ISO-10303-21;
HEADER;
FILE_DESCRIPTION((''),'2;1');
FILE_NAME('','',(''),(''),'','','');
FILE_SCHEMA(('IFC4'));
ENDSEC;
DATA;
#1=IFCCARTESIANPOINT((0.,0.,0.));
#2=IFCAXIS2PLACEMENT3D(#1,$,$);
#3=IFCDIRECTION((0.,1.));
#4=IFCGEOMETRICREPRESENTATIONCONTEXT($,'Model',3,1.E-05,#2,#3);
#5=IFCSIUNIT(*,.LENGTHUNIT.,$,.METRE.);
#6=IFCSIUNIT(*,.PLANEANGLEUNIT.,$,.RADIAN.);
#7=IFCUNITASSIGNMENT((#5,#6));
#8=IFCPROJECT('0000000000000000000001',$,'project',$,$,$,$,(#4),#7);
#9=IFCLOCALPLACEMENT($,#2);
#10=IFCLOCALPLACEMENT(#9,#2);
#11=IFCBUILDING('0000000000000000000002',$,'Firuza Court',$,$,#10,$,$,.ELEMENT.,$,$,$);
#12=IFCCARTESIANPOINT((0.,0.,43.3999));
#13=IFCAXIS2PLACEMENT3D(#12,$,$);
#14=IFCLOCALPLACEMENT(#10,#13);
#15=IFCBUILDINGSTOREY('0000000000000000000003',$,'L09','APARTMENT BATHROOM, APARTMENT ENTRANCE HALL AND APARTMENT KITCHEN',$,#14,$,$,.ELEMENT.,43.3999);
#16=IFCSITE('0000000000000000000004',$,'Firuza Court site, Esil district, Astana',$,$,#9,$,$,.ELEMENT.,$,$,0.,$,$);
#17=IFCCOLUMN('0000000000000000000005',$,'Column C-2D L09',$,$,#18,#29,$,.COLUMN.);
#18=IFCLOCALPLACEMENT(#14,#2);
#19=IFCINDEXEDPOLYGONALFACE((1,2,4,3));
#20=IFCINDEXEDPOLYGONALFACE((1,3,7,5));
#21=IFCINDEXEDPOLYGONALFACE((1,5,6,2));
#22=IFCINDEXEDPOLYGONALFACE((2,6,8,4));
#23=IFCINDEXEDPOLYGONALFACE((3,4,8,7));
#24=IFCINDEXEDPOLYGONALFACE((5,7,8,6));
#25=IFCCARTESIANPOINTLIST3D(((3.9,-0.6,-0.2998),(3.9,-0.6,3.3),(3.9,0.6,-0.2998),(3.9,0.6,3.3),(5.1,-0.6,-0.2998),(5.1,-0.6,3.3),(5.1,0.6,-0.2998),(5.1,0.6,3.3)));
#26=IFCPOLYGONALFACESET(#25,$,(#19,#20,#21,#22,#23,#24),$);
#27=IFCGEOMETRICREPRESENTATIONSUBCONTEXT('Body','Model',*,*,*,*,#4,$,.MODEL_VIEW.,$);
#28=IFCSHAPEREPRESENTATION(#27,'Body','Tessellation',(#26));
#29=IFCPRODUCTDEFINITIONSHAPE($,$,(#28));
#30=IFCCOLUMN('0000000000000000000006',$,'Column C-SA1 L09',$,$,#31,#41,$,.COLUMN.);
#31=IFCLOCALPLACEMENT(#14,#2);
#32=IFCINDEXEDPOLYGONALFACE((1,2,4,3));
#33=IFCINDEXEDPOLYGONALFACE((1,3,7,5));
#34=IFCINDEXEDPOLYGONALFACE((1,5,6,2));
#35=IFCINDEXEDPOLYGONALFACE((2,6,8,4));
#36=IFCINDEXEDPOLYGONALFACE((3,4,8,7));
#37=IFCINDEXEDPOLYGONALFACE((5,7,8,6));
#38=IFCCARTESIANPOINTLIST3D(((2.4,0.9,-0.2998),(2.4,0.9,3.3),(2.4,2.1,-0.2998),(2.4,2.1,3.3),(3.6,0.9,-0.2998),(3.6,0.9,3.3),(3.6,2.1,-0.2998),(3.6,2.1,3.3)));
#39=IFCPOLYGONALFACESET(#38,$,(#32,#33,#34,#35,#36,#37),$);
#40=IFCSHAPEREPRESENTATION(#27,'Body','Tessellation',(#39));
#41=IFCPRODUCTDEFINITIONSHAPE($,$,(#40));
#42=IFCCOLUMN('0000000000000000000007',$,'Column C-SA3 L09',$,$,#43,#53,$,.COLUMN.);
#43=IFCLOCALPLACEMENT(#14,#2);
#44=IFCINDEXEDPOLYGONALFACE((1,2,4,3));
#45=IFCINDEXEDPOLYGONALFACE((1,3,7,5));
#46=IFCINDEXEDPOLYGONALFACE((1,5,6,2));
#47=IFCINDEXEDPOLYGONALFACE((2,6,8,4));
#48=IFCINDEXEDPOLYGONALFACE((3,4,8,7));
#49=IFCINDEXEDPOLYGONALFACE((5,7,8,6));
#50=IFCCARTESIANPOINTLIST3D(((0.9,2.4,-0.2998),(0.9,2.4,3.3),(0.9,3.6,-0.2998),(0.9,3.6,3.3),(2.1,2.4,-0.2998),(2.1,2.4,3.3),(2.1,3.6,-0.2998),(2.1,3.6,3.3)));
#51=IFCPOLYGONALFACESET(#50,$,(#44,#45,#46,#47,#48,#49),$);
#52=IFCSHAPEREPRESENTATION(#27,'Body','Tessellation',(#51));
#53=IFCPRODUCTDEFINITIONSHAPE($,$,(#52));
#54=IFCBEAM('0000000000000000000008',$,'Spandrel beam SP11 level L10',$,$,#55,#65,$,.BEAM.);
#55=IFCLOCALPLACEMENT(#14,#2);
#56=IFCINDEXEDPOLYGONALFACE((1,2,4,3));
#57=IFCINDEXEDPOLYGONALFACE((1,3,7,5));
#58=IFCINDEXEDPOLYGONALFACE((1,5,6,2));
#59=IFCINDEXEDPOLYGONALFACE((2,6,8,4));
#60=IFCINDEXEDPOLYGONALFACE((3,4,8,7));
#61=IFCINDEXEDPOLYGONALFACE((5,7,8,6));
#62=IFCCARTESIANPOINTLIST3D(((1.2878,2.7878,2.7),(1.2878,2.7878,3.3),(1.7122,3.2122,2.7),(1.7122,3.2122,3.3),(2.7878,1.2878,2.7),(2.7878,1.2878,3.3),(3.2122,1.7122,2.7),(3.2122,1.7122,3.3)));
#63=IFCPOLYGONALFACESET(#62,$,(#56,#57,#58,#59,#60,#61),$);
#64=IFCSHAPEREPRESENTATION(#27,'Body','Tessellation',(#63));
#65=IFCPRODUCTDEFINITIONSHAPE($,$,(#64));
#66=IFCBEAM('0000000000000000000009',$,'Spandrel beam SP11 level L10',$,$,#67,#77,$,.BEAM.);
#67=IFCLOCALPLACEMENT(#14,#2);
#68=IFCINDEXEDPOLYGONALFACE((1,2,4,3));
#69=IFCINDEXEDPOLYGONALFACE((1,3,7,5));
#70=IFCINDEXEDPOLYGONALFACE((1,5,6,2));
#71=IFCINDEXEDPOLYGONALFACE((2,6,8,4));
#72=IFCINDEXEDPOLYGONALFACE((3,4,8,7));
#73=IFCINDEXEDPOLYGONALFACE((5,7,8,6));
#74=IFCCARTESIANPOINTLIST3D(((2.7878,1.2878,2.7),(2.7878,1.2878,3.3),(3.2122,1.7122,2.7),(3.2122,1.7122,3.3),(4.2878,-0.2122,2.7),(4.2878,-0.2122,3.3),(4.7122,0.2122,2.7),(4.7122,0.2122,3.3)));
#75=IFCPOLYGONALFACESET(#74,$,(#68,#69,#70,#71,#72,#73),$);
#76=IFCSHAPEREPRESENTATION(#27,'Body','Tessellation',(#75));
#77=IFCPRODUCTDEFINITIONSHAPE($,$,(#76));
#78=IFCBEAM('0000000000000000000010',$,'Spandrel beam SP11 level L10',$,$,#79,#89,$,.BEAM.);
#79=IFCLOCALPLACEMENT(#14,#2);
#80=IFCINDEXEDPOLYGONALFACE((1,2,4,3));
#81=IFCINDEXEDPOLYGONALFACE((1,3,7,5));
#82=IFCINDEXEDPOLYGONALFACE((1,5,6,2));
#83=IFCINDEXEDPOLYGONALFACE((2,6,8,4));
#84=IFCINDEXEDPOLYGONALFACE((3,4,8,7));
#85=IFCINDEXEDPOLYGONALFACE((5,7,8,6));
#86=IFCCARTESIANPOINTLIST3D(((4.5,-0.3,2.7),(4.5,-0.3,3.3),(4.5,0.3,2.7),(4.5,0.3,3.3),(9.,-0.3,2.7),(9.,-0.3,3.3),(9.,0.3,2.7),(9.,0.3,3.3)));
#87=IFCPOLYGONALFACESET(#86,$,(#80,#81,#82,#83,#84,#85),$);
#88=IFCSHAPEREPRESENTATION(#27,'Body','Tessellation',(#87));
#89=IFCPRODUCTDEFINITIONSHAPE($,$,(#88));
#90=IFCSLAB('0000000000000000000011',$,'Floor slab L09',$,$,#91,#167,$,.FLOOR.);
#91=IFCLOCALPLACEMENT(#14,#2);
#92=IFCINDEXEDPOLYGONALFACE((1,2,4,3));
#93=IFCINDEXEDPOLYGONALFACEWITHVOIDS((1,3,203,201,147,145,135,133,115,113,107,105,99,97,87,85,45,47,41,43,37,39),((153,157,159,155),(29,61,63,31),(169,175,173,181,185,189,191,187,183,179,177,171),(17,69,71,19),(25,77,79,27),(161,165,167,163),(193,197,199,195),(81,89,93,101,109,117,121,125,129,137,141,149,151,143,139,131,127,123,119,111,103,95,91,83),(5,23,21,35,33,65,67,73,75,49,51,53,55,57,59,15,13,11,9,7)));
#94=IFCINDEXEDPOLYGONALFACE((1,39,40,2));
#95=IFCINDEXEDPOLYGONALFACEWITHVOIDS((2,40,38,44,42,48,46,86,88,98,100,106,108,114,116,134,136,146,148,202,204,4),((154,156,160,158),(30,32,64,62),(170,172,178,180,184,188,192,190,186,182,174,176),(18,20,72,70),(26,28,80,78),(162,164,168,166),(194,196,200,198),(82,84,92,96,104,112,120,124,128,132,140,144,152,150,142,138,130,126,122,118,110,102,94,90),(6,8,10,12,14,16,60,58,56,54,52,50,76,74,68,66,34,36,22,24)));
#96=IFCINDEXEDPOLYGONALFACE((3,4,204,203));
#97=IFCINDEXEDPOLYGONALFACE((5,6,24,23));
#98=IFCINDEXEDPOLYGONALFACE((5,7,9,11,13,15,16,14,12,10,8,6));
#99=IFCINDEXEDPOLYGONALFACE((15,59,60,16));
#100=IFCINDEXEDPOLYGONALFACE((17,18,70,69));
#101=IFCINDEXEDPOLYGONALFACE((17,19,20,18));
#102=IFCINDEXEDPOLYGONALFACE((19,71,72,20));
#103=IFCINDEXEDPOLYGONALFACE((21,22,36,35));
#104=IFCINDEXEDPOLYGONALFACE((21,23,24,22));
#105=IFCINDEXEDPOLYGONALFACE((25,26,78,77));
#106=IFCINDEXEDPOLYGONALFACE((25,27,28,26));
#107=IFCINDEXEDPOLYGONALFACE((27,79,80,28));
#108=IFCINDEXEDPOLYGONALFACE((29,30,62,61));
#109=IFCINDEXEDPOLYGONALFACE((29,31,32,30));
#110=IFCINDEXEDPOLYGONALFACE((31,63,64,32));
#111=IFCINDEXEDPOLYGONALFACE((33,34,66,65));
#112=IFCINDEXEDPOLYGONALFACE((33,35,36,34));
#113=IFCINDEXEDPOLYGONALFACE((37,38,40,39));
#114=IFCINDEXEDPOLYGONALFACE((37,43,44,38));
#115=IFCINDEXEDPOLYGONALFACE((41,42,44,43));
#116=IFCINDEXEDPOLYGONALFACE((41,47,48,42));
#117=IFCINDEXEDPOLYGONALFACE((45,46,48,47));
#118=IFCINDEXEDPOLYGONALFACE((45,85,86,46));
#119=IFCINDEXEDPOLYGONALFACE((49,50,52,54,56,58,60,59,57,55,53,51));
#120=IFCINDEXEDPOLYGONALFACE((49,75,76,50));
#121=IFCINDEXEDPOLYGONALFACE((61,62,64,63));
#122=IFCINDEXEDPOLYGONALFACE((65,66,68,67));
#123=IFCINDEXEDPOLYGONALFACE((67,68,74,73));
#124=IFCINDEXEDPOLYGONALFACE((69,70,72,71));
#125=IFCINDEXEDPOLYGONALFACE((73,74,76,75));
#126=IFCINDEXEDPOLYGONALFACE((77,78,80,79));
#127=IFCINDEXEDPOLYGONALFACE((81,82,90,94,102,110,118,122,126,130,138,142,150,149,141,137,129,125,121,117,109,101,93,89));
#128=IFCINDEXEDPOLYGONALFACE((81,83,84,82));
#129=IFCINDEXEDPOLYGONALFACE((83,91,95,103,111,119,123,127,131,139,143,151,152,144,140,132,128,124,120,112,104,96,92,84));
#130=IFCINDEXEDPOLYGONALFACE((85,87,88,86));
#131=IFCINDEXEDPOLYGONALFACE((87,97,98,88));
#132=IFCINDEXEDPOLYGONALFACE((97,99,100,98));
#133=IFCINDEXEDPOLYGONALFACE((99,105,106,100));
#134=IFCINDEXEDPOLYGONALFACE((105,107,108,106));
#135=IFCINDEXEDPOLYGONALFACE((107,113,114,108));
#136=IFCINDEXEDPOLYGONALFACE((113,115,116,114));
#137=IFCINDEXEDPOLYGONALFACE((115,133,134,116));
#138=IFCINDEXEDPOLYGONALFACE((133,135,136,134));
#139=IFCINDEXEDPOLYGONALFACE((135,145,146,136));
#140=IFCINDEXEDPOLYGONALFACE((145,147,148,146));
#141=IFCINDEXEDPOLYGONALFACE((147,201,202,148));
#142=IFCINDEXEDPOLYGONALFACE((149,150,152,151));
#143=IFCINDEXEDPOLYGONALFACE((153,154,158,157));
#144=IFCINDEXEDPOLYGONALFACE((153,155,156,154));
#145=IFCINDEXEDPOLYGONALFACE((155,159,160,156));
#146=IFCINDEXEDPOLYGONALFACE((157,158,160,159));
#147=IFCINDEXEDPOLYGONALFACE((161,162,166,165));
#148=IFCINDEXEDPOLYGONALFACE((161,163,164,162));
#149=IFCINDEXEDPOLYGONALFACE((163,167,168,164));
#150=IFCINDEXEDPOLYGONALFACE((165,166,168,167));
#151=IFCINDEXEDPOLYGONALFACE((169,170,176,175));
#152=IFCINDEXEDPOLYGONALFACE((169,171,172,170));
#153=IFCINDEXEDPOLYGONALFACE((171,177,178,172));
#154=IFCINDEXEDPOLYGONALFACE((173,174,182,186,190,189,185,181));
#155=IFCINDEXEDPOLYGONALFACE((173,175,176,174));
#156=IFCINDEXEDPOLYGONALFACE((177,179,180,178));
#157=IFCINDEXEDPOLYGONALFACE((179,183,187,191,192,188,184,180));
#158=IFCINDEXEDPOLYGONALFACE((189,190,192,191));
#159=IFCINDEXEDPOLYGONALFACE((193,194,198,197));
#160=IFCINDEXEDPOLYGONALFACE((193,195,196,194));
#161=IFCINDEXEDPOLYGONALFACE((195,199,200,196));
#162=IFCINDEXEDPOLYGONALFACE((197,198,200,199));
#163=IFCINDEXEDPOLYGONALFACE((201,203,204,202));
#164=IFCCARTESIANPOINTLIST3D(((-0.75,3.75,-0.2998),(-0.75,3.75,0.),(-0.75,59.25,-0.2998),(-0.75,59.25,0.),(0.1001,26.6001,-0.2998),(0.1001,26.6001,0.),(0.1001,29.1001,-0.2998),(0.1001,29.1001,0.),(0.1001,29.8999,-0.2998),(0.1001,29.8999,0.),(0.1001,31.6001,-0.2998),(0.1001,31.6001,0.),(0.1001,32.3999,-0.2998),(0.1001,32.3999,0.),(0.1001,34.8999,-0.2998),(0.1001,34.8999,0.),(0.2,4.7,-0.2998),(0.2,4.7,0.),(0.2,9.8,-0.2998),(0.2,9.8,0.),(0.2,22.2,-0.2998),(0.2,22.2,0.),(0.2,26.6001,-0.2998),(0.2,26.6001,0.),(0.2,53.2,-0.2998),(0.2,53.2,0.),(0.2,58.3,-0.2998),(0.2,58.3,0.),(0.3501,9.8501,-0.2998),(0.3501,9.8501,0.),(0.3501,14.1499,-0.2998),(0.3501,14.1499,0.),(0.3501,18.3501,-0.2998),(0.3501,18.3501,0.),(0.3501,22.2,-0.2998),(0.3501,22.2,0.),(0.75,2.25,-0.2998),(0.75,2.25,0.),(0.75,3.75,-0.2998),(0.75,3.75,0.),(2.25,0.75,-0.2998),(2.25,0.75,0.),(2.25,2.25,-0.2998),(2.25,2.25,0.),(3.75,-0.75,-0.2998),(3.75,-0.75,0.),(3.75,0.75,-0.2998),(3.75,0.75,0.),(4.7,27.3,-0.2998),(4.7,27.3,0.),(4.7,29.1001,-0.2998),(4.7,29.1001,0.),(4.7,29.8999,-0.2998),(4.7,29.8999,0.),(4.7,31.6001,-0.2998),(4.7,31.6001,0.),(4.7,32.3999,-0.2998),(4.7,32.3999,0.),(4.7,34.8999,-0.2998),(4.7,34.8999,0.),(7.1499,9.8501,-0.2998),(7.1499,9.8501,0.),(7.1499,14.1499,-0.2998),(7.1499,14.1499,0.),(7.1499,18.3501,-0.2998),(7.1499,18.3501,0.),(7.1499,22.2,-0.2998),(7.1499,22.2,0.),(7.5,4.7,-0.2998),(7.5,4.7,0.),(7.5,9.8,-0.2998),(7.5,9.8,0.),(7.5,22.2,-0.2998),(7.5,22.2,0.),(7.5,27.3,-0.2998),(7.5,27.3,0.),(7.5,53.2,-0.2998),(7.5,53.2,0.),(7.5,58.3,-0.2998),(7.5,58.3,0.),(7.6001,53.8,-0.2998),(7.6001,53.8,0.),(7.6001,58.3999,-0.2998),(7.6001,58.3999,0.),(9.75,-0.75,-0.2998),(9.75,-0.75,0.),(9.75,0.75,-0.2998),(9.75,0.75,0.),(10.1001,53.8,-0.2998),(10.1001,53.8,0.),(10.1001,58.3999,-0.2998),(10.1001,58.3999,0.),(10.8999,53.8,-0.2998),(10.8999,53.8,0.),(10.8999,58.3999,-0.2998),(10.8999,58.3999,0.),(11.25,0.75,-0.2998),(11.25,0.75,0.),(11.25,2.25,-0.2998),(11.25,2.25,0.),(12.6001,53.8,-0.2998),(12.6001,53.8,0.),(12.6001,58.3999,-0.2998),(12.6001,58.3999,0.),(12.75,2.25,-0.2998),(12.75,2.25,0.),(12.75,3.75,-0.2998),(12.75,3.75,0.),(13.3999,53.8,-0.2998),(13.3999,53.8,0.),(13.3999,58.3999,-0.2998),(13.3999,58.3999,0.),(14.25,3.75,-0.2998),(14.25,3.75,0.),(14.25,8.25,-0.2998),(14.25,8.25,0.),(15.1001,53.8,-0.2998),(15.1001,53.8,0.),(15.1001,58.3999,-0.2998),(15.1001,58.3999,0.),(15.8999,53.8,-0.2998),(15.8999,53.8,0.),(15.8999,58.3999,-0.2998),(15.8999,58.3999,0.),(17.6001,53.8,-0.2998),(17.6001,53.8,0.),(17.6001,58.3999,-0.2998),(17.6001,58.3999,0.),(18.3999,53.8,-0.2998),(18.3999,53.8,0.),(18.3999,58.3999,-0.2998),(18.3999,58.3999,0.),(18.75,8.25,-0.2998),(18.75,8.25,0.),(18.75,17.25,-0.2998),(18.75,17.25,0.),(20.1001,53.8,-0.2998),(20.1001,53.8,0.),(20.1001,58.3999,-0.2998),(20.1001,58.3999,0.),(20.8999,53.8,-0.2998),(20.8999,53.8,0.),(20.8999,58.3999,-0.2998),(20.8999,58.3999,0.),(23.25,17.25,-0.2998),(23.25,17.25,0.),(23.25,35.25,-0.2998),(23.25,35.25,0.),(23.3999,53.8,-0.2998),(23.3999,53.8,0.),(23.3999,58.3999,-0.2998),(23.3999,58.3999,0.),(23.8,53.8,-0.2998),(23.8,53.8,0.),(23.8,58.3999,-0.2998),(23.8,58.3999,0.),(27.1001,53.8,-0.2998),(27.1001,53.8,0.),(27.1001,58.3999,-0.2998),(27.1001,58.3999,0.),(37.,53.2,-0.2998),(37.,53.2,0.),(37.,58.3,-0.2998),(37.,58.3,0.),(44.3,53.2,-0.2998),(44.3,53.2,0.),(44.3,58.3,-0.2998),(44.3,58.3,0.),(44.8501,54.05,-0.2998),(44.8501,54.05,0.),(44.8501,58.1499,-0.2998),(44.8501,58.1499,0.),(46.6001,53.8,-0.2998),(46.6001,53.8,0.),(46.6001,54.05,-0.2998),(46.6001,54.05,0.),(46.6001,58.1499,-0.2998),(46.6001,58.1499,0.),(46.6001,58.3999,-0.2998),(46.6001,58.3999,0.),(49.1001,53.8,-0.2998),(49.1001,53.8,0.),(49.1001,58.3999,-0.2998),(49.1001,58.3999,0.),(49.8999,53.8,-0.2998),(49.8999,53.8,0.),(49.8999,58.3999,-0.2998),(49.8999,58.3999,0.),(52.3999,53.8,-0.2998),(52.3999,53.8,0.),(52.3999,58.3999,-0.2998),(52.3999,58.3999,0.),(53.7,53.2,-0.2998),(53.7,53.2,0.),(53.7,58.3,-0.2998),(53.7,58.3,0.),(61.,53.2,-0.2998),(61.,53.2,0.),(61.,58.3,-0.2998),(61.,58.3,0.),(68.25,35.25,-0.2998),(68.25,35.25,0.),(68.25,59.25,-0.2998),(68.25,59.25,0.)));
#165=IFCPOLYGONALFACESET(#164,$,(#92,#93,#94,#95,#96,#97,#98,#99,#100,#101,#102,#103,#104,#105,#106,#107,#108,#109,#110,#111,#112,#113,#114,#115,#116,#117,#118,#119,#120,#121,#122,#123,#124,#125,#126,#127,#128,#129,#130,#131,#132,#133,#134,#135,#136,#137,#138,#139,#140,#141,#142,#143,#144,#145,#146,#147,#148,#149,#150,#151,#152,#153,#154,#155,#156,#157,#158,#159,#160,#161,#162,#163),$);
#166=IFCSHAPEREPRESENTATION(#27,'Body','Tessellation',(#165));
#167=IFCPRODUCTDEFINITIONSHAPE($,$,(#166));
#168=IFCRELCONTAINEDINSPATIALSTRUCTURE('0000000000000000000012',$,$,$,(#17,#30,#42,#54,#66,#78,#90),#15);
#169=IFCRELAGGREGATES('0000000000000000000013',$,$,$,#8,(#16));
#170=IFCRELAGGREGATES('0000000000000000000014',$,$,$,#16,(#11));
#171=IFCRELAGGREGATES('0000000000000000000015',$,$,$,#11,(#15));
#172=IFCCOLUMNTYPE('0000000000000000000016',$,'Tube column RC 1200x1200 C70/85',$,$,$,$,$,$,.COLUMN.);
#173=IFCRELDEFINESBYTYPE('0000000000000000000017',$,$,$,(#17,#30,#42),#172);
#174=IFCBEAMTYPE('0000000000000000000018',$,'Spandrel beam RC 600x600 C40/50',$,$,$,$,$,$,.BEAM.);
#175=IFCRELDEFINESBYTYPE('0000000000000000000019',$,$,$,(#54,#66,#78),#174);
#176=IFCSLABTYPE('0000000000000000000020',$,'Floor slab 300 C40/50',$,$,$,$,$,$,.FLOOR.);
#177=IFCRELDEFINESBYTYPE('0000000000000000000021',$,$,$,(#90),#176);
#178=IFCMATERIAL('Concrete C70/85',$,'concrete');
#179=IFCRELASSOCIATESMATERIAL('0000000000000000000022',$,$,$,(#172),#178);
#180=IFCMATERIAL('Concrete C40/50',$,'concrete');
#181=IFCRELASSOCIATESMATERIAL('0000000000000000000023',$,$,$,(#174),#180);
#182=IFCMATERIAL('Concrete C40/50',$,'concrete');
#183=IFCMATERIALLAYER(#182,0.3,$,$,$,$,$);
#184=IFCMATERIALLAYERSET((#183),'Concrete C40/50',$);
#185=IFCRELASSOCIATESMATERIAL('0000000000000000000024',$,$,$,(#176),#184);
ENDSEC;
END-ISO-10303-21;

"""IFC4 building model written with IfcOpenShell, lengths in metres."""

from ifc_helpers import new_model, si_unit, direction, frame, origin, origin_2d, place, context, subcontext, project, spatial, polyline, rectangle, outline, extrude, material, layer, layer_set, material_profile, profile_set, type_object, element, save


model = new_model("IFC4")

# Units and contexts
model_context = context("Model", 3, precision=1e-05, world=origin(), true_north=direction((0.0, 1.0)))
body_context = subcontext(model_context, "Body", "Model", "MODEL_VIEW")
ifc_project = project(units=[si_unit("LENGTHUNIT", "METRE"), si_unit("PLANEANGLEUNIT", "RADIAN")], contexts=[model_context])

# Site, building, storey
site_placement = place(None, origin())
site = spatial("IfcSite", under=ifc_project, at=site_placement, Name="Firuza Court site, Esil district, Astana", CompositionType="ELEMENT", RefElevation=0.0)
building_placement = place(site_placement, origin())
building = spatial("IfcBuilding", under=site, at=building_placement, Name="Firuza Court", CompositionType="ELEMENT")
storey_placement = place(building_placement, frame((0.0, 0.0, 43.3999)))
storey = spatial("IfcBuildingStorey", under=building, at=storey_placement, Name="L09", Description="APARTMENT BATHROOM, APARTMENT ENTRANCE HALL AND APARTMENT KITCHEN", CompositionType="ELEMENT", Elevation=43.3999)

# Columns
ifc_material_1 = material(Name="Concrete C70/85", Category="concrete")
ifc_material_profile_1 = material_profile(ifc_material_1, rectangle(XDim=1.2, YDim=1.2, at=origin_2d()), Name="RC 1200x1200")
ifc_profile_set_1 = profile_set([ifc_material_profile_1], Name="Concrete C70/85")
column_type = type_object("IfcColumnType", Name="Tube column RC 1200x1200 C70/85", PredefinedType="COLUMN", material=ifc_profile_set_1)
for number, where, z_axis, x_axis, name in (
    (1, (4.5, 0.0, -0.2998), (0.0, 0.0, 1.0), (1.0, 0.0, 0.0), "Column C-2D L09"),
    (2, (3.0, 1.5, -0.2998), (0.0, 0.0, 1.0), (1.0, 0.0, 0.0), "Column C-SA1 L09"),
    (3, (1.5, 3.0, -0.2998), (0.0, 0.0, 1.0), (1.0, 0.0, 0.0), "Column C-SA3 L09"),
):
    element("IfcColumn", number, at=place(storey_placement, frame(where, z_axis=z_axis, x_axis=x_axis)), inside=storey, type_object=column_type, Name=name, PredefinedType="COLUMN", context=body_context, shape_type="SweptSolid", body=[
        extrude(rectangle(XDim=1.2, YDim=1.2, at=origin_2d()), origin(), (0.0, 0.0, 1.0), 3.5999),
    ])

# Beams
ifc_material_2 = material(Name="Concrete C40/50", Category="concrete")
ifc_material_profile_2 = material_profile(ifc_material_2, rectangle(XDim=0.6001, YDim=0.6001, at=origin_2d()), Name="RC 600x600")
ifc_profile_set_2 = profile_set([ifc_material_profile_2], Name="Concrete C40/50")
beam_type = type_object("IfcBeamType", Name="Spandrel beam RC 600x600 C40/50", PredefinedType="BEAM", material=ifc_profile_set_2)
for number, where, z_axis, x_axis, name in (
    (4, (1.5, 3.0, 3.0), (0.707107, -0.707107, 0.0), (0.707107, 0.707107, 0.0), "Spandrel beam SP11 level L10"),
    (5, (3.0, 1.5, 3.0), (0.707107, -0.707107, 0.0), (0.707107, 0.707107, 0.0), "Spandrel beam SP11 level L10"),
):
    element("IfcBeam", number, at=place(storey_placement, frame(where, z_axis=z_axis, x_axis=x_axis)), inside=storey, type_object=beam_type, Name=name, PredefinedType="BEAM", context=body_context, shape_type="SweptSolid", body=[
        extrude(rectangle(XDim=0.6001, YDim=0.6001, at=origin_2d()), origin(), (0.0, 0.0, 1.0), 2.1213),
    ])
beam_placement = place(storey_placement, frame((4.5, 0.0, 3.0), z_axis=(1.0, 0.0, 0.0), x_axis=(0.0, 1.0, 0.0)))
element("IfcBeam", 6, at=beam_placement, inside=storey, type_object=beam_type, Name="Spandrel beam SP11 level L10", PredefinedType="BEAM", context=body_context, shape_type="SweptSolid", body=[
    extrude(rectangle(XDim=0.6001, YDim=0.6001, at=origin_2d()), origin(), (0.0, 0.0, 1.0), 4.5),
])

# Slab
ifc_material_3 = material(Name="Concrete C40/50", Category="concrete")
ifc_layer_1 = layer(ifc_material_3, 0.3)
ifc_layer_set_1 = layer_set([ifc_layer_1], Name="Concrete C40/50")
slab_type_1 = type_object("IfcSlabType", Name="Floor slab 300 C40/50", PredefinedType="FLOOR", material=ifc_layer_set_1)
slab_1_placement = place(storey_placement, frame((0.0, 0.0, -0.2998)))
element("IfcSlab", 7, at=slab_1_placement, inside=storey, type_object=slab_type_1, Name="Floor slab L09", PredefinedType="FLOOR", context=body_context, shape_type="SweptSolid", body=[
    extrude(outline(polyline([(3.75, -0.75), (3.75, 0.75), (2.25, 0.75), (2.25, 2.25), (0.75, 2.25), (0.75, 3.75), (-0.75, 3.75), (-0.75, 59.25), (68.25, 59.25), (68.25, 35.25), (23.25, 35.25), (23.25, 17.25), (18.75, 17.25), (18.75, 8.25), (14.25, 8.25), (14.25, 3.75), (12.75, 3.75), (12.75, 2.25), (11.25, 2.25), (11.25, 0.75), (9.75, 0.75), (9.75, -0.75), (3.75, -0.75)]), holes=[polyline([(7.5, 9.8), (0.2, 9.8), (0.2, 4.7), (7.5, 4.7), (7.5, 9.8)]), polyline([(7.1499, 14.1499), (0.3501, 14.1499), (0.3501, 9.8501), (7.1499, 9.8501), (7.1499, 14.1499)]), polyline([(0.2, 22.2), (0.3501, 22.2), (0.3501, 18.3501), (7.1499, 18.3501), (7.1499, 22.2), (7.5, 22.2), (7.5, 27.3), (4.7, 27.3), (4.7, 29.1001), (4.7, 29.8999), (4.7, 31.6001), (4.7, 32.3999), (4.7, 34.8999), (0.1001, 34.8999), (0.1001, 32.3999), (0.1001, 31.6001), (0.1001, 29.8999), (0.1001, 29.1001), (0.1001, 26.6001), (0.2, 26.6001), (0.2, 22.2)]), polyline([(7.5, 58.3), (0.2, 58.3), (0.2, 53.2), (7.5, 53.2), (7.5, 58.3)]), polyline([(10.1001, 58.3999), (7.6001, 58.3999), (7.6001, 53.8), (10.1001, 53.8), (10.8999, 53.8), (12.6001, 53.8), (13.3999, 53.8), (15.1001, 53.8), (15.8999, 53.8), (17.6001, 53.8), (18.3999, 53.8), (20.1001, 53.8), (20.8999, 53.8), (23.3999, 53.8), (23.3999, 58.3999), (20.8999, 58.3999), (20.1001, 58.3999), (18.3999, 58.3999), (17.6001, 58.3999), (15.8999, 58.3999), (15.1001, 58.3999), (13.3999, 58.3999), (12.6001, 58.3999), (10.8999, 58.3999), (10.1001, 58.3999)]), polyline([(44.3, 58.3), (37.0, 58.3), (37.0, 53.2), (44.3, 53.2), (44.3, 58.3)]), polyline([(61.0, 58.3), (53.7, 58.3), (53.7, 53.2), (61.0, 53.2), (61.0, 58.3)]), polyline([(27.1001, 58.3999), (23.8, 58.3999), (23.8, 53.8), (27.1001, 53.8), (27.1001, 58.3999)]), polyline([(46.6001, 58.1499), (44.8501, 58.1499), (44.8501, 54.05), (46.6001, 54.05), (46.6001, 53.8), (49.1001, 53.8), (49.8999, 53.8), (52.3999, 53.8), (52.3999, 58.3999), (49.8999, 58.3999), (49.1001, 58.3999), (46.6001, 58.3999), (46.6001, 58.1499)])]), origin(), (0.0, 0.0, 1.0), 0.2998),
])

save(model, "model.ifc")
